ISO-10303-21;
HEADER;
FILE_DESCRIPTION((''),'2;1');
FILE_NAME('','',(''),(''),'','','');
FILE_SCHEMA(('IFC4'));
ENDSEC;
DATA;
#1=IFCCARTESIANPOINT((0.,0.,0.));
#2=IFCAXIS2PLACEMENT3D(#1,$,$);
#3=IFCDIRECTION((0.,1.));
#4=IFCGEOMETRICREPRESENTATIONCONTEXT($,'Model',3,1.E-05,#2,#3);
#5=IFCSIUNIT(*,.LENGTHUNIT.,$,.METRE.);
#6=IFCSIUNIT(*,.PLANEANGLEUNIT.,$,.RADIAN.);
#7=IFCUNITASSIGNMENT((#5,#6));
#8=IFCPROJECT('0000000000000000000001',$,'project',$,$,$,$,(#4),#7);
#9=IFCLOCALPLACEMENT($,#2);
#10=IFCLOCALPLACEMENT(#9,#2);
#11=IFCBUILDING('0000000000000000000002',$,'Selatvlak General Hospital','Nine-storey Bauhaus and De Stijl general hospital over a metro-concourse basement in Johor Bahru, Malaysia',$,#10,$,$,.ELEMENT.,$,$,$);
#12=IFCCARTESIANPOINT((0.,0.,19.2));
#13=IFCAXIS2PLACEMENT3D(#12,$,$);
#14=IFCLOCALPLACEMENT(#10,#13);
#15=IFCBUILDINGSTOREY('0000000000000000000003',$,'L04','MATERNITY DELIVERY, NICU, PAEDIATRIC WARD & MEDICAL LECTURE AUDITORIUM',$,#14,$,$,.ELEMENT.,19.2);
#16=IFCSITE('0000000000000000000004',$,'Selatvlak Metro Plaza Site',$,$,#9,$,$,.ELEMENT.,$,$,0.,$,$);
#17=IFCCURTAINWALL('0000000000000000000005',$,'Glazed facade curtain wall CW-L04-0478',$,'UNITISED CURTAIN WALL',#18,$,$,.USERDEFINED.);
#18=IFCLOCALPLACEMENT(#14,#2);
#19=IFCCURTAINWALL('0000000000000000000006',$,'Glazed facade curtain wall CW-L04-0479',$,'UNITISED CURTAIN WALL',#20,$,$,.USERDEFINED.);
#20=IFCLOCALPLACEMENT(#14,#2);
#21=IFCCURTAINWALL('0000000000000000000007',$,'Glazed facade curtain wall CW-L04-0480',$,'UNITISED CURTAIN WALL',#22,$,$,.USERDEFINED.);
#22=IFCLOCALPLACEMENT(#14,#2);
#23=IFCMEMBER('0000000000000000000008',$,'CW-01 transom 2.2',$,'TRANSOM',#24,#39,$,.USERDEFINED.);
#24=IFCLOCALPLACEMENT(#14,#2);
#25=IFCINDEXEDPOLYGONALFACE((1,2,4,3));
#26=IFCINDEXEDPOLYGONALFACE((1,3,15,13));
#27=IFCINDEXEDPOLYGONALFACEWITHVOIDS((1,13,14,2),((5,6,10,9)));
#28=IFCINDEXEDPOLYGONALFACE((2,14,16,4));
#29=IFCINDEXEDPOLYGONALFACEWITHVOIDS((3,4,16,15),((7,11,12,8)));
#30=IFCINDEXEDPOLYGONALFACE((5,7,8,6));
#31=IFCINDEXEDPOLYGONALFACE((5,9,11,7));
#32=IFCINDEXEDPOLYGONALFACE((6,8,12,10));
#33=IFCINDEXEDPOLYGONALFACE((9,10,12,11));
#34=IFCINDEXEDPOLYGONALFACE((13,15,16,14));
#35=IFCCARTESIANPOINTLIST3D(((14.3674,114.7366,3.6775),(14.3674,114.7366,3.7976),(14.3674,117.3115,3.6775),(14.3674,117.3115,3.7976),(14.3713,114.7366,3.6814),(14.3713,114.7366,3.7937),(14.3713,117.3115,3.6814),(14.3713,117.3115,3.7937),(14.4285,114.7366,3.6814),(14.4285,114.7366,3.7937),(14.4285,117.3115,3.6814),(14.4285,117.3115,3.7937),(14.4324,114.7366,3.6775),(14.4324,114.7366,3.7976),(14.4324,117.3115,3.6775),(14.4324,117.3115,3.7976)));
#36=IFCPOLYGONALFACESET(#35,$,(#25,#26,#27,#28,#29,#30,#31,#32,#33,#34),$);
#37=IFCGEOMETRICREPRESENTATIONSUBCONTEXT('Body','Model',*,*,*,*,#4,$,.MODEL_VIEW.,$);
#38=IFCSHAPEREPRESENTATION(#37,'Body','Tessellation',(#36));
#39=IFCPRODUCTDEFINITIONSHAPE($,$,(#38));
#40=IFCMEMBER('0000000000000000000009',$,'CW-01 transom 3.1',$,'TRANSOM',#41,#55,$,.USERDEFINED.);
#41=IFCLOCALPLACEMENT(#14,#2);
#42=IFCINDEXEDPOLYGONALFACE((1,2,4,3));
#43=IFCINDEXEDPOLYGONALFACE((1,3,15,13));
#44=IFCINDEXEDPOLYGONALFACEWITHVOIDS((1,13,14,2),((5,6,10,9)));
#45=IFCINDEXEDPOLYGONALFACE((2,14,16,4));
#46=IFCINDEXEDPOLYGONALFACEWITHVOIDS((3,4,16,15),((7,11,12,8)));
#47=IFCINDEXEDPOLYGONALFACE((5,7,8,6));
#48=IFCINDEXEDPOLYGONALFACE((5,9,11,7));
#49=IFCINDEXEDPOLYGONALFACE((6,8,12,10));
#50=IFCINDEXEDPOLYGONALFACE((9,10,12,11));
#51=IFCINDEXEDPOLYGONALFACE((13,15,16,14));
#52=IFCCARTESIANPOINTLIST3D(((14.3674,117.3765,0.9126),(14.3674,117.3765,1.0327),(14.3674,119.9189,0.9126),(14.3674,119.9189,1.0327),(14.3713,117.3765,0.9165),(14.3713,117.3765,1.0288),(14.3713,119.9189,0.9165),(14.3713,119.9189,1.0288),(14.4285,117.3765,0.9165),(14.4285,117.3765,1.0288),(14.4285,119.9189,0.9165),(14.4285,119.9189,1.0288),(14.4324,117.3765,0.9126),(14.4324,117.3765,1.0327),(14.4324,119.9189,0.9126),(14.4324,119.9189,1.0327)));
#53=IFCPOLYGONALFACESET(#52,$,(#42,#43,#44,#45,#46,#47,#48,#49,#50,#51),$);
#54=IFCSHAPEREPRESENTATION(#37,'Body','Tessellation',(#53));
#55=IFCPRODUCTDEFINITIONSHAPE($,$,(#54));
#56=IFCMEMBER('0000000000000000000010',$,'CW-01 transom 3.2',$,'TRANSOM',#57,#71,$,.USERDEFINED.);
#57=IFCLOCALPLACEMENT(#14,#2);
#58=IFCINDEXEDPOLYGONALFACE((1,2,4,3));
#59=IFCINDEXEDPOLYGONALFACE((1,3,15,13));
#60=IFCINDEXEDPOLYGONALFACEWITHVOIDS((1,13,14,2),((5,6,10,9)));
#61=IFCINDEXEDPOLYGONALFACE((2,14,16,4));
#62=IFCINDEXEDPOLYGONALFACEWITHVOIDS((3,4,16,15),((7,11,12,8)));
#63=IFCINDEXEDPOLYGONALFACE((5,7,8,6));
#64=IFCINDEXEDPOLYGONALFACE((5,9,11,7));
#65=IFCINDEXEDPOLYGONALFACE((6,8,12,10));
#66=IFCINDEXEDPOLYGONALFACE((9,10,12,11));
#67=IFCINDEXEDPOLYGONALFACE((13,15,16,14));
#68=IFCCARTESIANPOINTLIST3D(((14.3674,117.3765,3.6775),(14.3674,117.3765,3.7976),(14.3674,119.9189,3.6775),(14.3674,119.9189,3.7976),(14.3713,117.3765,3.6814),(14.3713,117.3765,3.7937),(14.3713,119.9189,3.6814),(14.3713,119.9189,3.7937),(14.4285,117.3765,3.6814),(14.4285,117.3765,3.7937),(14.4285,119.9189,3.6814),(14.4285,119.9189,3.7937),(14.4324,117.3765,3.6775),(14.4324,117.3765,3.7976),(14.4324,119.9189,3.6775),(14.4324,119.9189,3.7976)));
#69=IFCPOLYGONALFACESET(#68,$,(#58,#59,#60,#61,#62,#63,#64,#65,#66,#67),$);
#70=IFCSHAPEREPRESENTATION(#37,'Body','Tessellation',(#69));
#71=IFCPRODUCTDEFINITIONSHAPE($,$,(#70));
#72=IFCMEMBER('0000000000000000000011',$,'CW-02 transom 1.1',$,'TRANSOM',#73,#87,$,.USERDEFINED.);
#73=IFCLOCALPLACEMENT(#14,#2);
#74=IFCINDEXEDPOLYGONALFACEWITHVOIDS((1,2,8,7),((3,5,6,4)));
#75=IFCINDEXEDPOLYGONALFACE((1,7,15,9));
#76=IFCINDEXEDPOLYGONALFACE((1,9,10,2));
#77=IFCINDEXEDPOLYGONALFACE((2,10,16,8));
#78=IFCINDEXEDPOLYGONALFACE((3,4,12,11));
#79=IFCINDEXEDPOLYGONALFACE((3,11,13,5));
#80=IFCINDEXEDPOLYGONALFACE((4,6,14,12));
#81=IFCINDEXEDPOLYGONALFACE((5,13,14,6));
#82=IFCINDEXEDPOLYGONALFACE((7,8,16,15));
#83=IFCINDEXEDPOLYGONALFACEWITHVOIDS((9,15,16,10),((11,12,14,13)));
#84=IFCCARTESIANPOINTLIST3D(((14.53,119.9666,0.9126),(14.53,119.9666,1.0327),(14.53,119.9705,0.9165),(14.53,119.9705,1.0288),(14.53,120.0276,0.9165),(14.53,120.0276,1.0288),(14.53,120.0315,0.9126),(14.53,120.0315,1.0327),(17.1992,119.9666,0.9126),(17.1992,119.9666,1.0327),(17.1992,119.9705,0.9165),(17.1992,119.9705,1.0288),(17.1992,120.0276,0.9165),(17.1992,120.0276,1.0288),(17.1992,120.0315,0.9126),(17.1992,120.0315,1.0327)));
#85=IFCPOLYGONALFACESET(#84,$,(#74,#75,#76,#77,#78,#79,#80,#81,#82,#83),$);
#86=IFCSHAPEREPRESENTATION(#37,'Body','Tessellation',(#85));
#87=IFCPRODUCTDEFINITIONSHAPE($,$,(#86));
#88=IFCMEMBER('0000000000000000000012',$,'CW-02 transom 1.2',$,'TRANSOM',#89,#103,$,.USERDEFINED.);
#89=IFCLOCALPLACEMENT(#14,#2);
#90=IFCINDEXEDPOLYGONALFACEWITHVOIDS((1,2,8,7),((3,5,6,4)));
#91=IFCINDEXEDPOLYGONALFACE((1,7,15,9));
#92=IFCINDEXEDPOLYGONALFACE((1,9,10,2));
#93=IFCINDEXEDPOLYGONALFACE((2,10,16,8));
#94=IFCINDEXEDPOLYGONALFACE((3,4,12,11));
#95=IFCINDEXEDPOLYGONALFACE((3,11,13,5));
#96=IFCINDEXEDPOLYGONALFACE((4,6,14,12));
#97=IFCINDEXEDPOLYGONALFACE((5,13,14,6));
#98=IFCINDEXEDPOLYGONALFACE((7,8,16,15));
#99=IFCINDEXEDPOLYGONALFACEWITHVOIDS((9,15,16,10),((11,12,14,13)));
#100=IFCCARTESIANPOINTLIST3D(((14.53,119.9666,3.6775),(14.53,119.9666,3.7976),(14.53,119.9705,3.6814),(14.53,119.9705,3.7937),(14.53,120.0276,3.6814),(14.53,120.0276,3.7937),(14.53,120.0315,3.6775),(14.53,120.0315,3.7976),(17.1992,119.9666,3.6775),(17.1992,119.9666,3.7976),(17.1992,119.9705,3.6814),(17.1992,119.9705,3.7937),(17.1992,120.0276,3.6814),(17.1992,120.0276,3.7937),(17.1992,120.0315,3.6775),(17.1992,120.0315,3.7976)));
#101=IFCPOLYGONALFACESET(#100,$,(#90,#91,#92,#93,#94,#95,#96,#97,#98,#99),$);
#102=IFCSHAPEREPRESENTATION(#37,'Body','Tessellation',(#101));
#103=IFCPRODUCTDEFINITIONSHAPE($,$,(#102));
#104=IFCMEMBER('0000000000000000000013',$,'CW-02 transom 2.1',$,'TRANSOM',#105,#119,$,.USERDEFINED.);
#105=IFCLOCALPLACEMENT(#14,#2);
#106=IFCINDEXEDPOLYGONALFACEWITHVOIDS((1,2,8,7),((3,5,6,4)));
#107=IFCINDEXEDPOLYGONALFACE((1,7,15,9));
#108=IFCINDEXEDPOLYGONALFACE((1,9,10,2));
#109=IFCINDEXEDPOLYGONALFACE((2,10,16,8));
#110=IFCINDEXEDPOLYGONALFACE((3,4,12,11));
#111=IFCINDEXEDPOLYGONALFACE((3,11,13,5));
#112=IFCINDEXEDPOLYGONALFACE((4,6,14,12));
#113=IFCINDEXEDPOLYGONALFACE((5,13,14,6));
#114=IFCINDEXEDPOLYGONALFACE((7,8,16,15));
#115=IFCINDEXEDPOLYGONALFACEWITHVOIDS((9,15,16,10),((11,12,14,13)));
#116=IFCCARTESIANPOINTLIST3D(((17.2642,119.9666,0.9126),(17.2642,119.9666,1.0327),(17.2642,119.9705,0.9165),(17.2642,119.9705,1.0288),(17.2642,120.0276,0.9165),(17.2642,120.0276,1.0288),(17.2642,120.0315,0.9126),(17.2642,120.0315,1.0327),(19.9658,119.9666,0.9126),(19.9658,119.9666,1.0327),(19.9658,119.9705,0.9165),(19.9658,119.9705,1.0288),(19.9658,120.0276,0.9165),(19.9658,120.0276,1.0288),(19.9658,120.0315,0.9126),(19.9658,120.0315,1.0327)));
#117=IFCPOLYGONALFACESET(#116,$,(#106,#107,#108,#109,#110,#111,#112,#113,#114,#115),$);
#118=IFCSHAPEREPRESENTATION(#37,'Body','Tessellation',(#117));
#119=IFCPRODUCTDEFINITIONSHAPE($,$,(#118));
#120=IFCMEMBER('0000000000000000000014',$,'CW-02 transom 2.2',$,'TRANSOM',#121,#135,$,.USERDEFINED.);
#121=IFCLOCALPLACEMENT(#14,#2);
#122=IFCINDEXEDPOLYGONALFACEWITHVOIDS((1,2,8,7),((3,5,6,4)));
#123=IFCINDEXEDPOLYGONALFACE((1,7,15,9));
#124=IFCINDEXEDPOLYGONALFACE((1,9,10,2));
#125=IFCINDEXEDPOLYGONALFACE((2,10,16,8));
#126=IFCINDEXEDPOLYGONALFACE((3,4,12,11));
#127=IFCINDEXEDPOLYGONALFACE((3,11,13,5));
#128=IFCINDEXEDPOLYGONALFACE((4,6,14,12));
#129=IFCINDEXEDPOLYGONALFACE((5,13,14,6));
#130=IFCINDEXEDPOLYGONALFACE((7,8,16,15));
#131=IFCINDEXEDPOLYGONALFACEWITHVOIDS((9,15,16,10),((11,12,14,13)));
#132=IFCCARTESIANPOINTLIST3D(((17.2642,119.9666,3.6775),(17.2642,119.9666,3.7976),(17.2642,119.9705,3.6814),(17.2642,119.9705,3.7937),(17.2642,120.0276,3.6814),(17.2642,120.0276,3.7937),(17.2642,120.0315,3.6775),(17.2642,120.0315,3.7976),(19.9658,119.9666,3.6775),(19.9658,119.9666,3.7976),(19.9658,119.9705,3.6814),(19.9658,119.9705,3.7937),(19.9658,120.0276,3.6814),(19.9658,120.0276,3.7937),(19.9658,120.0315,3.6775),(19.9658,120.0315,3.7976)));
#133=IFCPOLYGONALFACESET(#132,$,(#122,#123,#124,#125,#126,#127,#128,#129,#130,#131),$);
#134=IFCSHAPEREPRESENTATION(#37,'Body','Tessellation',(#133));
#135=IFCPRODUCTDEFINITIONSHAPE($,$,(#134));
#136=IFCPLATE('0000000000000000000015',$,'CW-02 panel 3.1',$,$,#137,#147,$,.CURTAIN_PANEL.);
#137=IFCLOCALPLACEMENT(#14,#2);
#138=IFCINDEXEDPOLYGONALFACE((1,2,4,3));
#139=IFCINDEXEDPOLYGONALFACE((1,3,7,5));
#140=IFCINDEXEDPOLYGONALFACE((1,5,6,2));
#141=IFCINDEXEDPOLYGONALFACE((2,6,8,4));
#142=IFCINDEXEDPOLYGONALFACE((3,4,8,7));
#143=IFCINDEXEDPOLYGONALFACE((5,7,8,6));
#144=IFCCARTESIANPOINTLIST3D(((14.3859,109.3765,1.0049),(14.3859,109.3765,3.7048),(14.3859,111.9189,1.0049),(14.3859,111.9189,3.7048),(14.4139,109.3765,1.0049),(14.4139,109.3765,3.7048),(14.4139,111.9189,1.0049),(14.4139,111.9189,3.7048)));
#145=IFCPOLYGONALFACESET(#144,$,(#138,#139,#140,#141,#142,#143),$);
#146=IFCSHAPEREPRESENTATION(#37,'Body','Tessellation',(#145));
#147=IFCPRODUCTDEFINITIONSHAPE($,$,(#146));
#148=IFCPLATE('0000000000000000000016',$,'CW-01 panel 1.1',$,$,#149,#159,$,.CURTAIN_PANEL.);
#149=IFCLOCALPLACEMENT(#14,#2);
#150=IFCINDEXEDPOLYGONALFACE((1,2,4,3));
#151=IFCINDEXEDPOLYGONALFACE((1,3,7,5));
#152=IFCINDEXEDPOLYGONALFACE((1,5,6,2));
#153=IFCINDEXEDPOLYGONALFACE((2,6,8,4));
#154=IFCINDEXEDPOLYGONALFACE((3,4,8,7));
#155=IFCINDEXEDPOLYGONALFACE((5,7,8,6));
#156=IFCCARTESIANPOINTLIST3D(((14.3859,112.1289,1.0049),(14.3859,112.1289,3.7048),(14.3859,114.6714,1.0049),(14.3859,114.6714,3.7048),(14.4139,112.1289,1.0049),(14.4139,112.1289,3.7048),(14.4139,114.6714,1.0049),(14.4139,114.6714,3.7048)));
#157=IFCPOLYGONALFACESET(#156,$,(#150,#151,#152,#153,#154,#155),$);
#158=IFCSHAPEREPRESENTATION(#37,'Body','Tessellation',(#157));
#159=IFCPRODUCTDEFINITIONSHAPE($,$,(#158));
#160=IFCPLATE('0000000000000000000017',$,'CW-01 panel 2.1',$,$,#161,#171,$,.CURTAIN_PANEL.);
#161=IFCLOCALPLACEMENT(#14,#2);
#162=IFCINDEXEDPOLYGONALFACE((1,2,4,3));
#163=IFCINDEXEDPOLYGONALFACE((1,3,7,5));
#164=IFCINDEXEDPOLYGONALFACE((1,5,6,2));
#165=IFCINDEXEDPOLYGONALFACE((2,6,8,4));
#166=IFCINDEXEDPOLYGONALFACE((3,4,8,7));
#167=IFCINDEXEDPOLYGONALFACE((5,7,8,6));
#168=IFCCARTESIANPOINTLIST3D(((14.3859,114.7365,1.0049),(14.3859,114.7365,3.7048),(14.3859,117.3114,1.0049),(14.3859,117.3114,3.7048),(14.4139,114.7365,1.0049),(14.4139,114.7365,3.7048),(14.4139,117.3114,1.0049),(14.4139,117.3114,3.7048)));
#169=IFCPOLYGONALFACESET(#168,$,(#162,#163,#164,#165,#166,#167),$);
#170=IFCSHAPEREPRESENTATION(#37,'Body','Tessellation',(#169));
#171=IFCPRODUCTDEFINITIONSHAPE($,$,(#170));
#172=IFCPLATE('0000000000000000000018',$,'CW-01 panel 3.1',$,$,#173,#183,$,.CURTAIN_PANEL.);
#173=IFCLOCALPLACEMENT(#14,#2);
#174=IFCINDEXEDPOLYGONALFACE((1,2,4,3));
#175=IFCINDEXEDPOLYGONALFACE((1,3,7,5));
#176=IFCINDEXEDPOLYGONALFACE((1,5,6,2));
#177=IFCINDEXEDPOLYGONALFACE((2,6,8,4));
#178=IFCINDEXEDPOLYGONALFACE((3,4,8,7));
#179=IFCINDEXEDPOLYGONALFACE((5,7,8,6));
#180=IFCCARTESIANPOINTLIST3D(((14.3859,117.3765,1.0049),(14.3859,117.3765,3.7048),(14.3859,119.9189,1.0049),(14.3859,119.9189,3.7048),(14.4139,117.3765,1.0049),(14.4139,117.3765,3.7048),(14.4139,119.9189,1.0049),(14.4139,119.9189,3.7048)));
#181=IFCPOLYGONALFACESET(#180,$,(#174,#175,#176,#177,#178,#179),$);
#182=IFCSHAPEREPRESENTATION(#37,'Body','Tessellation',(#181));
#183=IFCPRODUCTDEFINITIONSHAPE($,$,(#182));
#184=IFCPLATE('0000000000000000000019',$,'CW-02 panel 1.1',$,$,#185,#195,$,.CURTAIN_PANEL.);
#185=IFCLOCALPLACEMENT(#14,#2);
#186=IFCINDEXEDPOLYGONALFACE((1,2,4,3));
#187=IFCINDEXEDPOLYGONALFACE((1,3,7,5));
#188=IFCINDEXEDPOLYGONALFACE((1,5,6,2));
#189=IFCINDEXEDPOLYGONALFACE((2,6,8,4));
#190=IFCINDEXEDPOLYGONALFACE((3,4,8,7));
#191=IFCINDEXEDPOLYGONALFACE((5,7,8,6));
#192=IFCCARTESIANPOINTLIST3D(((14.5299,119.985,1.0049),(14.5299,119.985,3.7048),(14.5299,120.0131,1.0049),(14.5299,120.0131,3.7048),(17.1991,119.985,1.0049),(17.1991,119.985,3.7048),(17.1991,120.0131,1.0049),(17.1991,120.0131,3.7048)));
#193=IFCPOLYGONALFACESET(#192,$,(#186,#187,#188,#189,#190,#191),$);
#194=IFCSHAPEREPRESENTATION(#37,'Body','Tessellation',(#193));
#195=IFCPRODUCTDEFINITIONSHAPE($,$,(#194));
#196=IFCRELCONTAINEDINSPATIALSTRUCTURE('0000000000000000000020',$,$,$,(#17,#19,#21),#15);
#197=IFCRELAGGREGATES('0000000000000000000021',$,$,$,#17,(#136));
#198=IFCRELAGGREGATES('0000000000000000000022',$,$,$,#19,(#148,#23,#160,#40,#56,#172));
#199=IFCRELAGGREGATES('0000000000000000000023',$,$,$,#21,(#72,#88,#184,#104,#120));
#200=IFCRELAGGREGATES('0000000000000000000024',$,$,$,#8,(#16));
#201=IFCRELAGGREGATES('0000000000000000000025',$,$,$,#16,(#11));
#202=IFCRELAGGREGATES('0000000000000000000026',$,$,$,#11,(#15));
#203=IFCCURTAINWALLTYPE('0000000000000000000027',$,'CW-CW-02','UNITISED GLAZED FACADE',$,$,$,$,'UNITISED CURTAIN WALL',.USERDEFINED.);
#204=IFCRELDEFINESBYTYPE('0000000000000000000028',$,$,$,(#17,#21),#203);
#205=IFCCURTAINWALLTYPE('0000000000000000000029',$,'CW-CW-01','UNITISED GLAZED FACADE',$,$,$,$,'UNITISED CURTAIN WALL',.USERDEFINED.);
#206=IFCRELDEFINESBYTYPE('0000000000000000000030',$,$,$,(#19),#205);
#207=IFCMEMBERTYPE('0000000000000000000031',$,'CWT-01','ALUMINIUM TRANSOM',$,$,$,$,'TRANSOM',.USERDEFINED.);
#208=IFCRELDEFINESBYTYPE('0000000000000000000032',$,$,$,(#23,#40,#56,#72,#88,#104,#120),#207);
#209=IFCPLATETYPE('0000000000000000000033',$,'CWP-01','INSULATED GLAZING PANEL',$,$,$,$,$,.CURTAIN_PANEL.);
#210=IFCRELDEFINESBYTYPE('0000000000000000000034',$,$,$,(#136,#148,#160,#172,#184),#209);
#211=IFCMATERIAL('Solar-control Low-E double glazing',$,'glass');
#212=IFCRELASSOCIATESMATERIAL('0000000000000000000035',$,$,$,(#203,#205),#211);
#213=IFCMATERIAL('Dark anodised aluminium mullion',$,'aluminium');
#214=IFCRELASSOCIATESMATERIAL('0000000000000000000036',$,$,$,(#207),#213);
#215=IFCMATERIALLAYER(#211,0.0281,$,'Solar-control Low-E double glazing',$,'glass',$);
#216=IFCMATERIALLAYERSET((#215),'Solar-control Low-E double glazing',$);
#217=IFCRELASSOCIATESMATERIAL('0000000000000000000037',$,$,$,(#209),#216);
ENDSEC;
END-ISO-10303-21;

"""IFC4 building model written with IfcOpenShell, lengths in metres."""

from ifc_helpers import new_model, si_unit, direction, frame, origin, origin_2d, place, context, subcontext, project, spatial, rectangle, hollow_rectangle, extrude, material, layer, layer_set, material_profile, profile_set, type_object, element, aggregate, save


model = new_model("IFC4")

# Units and contexts
model_context = context("Model", 3, precision=1e-05, world=origin(), true_north=direction((0.0, 1.0)))
body_context = subcontext(model_context, "Body", "Model", "MODEL_VIEW")
ifc_project = project(units=[si_unit("LENGTHUNIT", "METRE"), si_unit("PLANEANGLEUNIT", "RADIAN")], contexts=[model_context])

# Site, building, storey
site_placement = place(None, origin())
site = spatial("IfcSite", under=ifc_project, at=site_placement, Name="Selatvlak Metro Plaza Site", CompositionType="ELEMENT", RefElevation=0.0)
building_placement = place(site_placement, origin())
building = spatial("IfcBuilding", under=site, at=building_placement, Name="Selatvlak General Hospital", Description="Nine-storey Bauhaus and De Stijl general hospital over a metro-concourse basement in Johor Bahru, Malaysia", CompositionType="ELEMENT")
storey_placement = place(building_placement, frame((0.0, 0.0, 19.2)))
storey = spatial("IfcBuildingStorey", under=building, at=storey_placement, Name="L04", Description="MATERNITY DELIVERY, NICU, PAEDIATRIC WARD & MEDICAL LECTURE AUDITORIUM", CompositionType="ELEMENT", Elevation=19.2)

# Curtain wall
ifc_material_1 = material(Name="Solar-control Low-E double glazing", Category="glass")
curtain_wall_type_1 = type_object("IfcCurtainWallType", Name="CW-CW-02", Description="UNITISED GLAZED FACADE", ElementType="UNITISED CURTAIN WALL", PredefinedType="USERDEFINED", material=ifc_material_1)
curtain_wall_1_placement = place(storey_placement, origin())
curtain_wall_1 = element("IfcCurtainWall", 1, at=curtain_wall_1_placement, inside=storey, type_object=curtain_wall_type_1, Name="Glazed facade curtain wall CW-L04-0478", ObjectType="UNITISED CURTAIN WALL", PredefinedType="USERDEFINED")
ifc_material_2 = material(Name="Dark anodised aluminium mullion", Category="aluminium")

# Curtain walls
curtain_wall_type_2 = type_object("IfcCurtainWallType", Name="CW-CW-01", Description="UNITISED GLAZED FACADE", ElementType="UNITISED CURTAIN WALL", PredefinedType="USERDEFINED", material=ifc_material_1)
curtain_wall_2_placement = place(storey_placement, origin())
curtain_wall_2 = element("IfcCurtainWall", 2, at=curtain_wall_2_placement, inside=storey, type_object=curtain_wall_type_2, Name="Glazed facade curtain wall CW-L04-0479", ObjectType="UNITISED CURTAIN WALL", PredefinedType="USERDEFINED")
curtain_wall_3_placement = place(storey_placement, origin())
curtain_wall_3 = element("IfcCurtainWall", 3, at=curtain_wall_3_placement, inside=storey, type_object=curtain_wall_type_1, Name="Glazed facade curtain wall CW-L04-0480", ObjectType="UNITISED CURTAIN WALL", PredefinedType="USERDEFINED")

# Members
ifc_material_profile_1 = material_profile(ifc_material_2, hollow_rectangle(XDim=0.0649, YDim=0.1201, WallThickness=0.0039, at=origin_2d()), Name="AL-TRN 65x120x4")
ifc_profile_set_1 = profile_set([ifc_material_profile_1], Name="Dark anodised aluminium mullion")
member_type_1 = type_object("IfcMemberType", Name="CWT-01", Description="ALUMINIUM TRANSOM", ElementType="TRANSOM", PredefinedType="USERDEFINED", material=ifc_profile_set_1)
member_1_placement = place(storey_placement, frame((14.3999, 114.7366, 3.7375), z_axis=(0.0, 1.0, 0.0), x_axis=(-1.0, 0.0, 0.0)))
member_1 = element("IfcMember", 4, at=member_1_placement, type_object=member_type_1, Name="CW-01 transom 2.2", ObjectType="TRANSOM", PredefinedType="USERDEFINED", context=body_context, shape_type="SweptSolid", body=[
    extrude(hollow_rectangle(XDim=0.0649, YDim=0.1201, WallThickness=0.0039, at=origin_2d()), origin(), (0.0, 0.0, 1.0), 2.575),
])
member_2_placement = place(storey_placement, frame((14.3999, 117.3765, 0.9727), z_axis=(0.0, 1.0, 0.0), x_axis=(-1.0, 0.0, 0.0)))
member_2 = element("IfcMember", 5, at=member_2_placement, type_object=member_type_1, Name="CW-01 transom 3.1", ObjectType="TRANSOM", PredefinedType="USERDEFINED", context=body_context, shape_type="SweptSolid", body=[
    extrude(hollow_rectangle(XDim=0.0649, YDim=0.1201, WallThickness=0.0039, at=origin_2d()), origin(), (0.0, 0.0, 1.0), 2.5425),
])
member_3_placement = place(storey_placement, frame((14.3999, 117.3765, 3.7375), z_axis=(0.0, 1.0, 0.0), x_axis=(-1.0, 0.0, 0.0)))
member_3 = element("IfcMember", 6, at=member_3_placement, type_object=member_type_1, Name="CW-01 transom 3.2", ObjectType="TRANSOM", PredefinedType="USERDEFINED", context=body_context, shape_type="SweptSolid", body=[
    extrude(hollow_rectangle(XDim=0.0649, YDim=0.1201, WallThickness=0.0039, at=origin_2d()), origin(), (0.0, 0.0, 1.0), 2.5425),
])
member_4_placement = place(storey_placement, frame((14.53, 119.999, 0.9727), z_axis=(1.0, 0.0, 0.0), x_axis=(0.0, 1.0, 0.0)))
member_4 = element("IfcMember", 7, at=member_4_placement, type_object=member_type_1, Name="CW-02 transom 1.1", ObjectType="TRANSOM", PredefinedType="USERDEFINED", context=body_context, shape_type="SweptSolid", body=[
    extrude(hollow_rectangle(XDim=0.0649, YDim=0.1201, WallThickness=0.0039, at=origin_2d()), origin(), (0.0, 0.0, 1.0), 2.6692),
])
member_5_placement = place(storey_placement, frame((14.53, 119.999, 3.7375), z_axis=(1.0, 0.0, 0.0), x_axis=(0.0, 1.0, 0.0)))
member_5 = element("IfcMember", 8, at=member_5_placement, type_object=member_type_1, Name="CW-02 transom 1.2", ObjectType="TRANSOM", PredefinedType="USERDEFINED", context=body_context, shape_type="SweptSolid", body=[
    extrude(hollow_rectangle(XDim=0.0649, YDim=0.1201, WallThickness=0.0039, at=origin_2d()), origin(), (0.0, 0.0, 1.0), 2.6692),
])
member_6_placement = place(storey_placement, frame((17.2642, 119.999, 0.9727), z_axis=(1.0, 0.0, 0.0), x_axis=(0.0, 1.0, 0.0)))
member_6 = element("IfcMember", 9, at=member_6_placement, type_object=member_type_1, Name="CW-02 transom 2.1", ObjectType="TRANSOM", PredefinedType="USERDEFINED", context=body_context, shape_type="SweptSolid", body=[
    extrude(hollow_rectangle(XDim=0.0649, YDim=0.1201, WallThickness=0.0039, at=origin_2d()), origin(), (0.0, 0.0, 1.0), 2.7017),
])
member_7_placement = place(storey_placement, frame((17.2642, 119.999, 3.7375), z_axis=(1.0, 0.0, 0.0), x_axis=(0.0, 1.0, 0.0)))
member_7 = element("IfcMember", 10, at=member_7_placement, type_object=member_type_1, Name="CW-02 transom 2.2", ObjectType="TRANSOM", PredefinedType="USERDEFINED", context=body_context, shape_type="SweptSolid", body=[
    extrude(hollow_rectangle(XDim=0.0649, YDim=0.1201, WallThickness=0.0039, at=origin_2d()), origin(), (0.0, 0.0, 1.0), 2.7017),
])

# Plates
ifc_layer_1 = layer(ifc_material_1, 0.0281, Name="Solar-control Low-E double glazing", Category="glass")
ifc_layer_set_1 = layer_set([ifc_layer_1], Name="Solar-control Low-E double glazing")
plate_type = type_object("IfcPlateType", Name="CWP-01", Description="INSULATED GLAZING PANEL", PredefinedType="CURTAIN_PANEL", material=ifc_layer_set_1)
plate_1_placement = place(storey_placement, frame((14.3999, 110.6477, 1.0049), z_axis=(0.0, 0.0, 1.0), x_axis=(0.0, 1.0, 0.0)))
plate_1 = element("IfcPlate", 11, at=plate_1_placement, type_object=plate_type, Name="CW-02 panel 3.1", PredefinedType="CURTAIN_PANEL", context=body_context, shape_type="SweptSolid", body=[
    extrude(rectangle(XDim=2.5425, YDim=0.0281, at=origin_2d()), origin(), (0.0, 0.0, 1.0), 2.7),
])
aggregate(curtain_wall_1, [plate_1])
plate_2_placement = place(storey_placement, frame((14.3999, 113.4001, 1.0049), z_axis=(0.0, 0.0, 1.0), x_axis=(0.0, 1.0, 0.0)))
plate_2 = element("IfcPlate", 12, at=plate_2_placement, type_object=plate_type, Name="CW-01 panel 1.1", PredefinedType="CURTAIN_PANEL", context=body_context, shape_type="SweptSolid", body=[
    extrude(rectangle(XDim=2.5425, YDim=0.0281, at=origin_2d()), origin(), (0.0, 0.0, 1.0), 2.7),
])
plate_3_placement = place(storey_placement, frame((14.3999, 116.0239, 1.0049), z_axis=(0.0, 0.0, 1.0), x_axis=(0.0, 1.0, 0.0)))
plate_3 = element("IfcPlate", 13, at=plate_3_placement, type_object=plate_type, Name="CW-01 panel 2.1", PredefinedType="CURTAIN_PANEL", context=body_context, shape_type="SweptSolid", body=[
    extrude(rectangle(XDim=2.575, YDim=0.0281, at=origin_2d()), origin(), (0.0, 0.0, 1.0), 2.7),
])
plate_4_placement = place(storey_placement, frame((14.3999, 118.6477, 1.0049), z_axis=(0.0, 0.0, 1.0), x_axis=(0.0, 1.0, 0.0)))
plate_4 = element("IfcPlate", 14, at=plate_4_placement, type_object=plate_type, Name="CW-01 panel 3.1", PredefinedType="CURTAIN_PANEL", context=body_context, shape_type="SweptSolid", body=[
    extrude(rectangle(XDim=2.5425, YDim=0.0281, at=origin_2d()), origin(), (0.0, 0.0, 1.0), 2.7),
])
aggregate(curtain_wall_2, [plate_2, member_1, plate_3, member_2, member_3, plate_4])
plate_5_placement = place(storey_placement, frame((15.8645, 119.999, 1.0049), z_axis=(0.0, 0.0, 1.0), x_axis=(1.0, 0.0, 0.0)))
plate_5 = element("IfcPlate", 15, at=plate_5_placement, type_object=plate_type, Name="CW-02 panel 1.1", PredefinedType="CURTAIN_PANEL", context=body_context, shape_type="SweptSolid", body=[
    extrude(rectangle(XDim=2.6692, YDim=0.0281, at=origin_2d()), origin(), (0.0, 0.0, 1.0), 2.7),
])
aggregate(curtain_wall_3, [member_4, member_5, plate_5, member_6, member_7])

save(model, "model.ifc")
